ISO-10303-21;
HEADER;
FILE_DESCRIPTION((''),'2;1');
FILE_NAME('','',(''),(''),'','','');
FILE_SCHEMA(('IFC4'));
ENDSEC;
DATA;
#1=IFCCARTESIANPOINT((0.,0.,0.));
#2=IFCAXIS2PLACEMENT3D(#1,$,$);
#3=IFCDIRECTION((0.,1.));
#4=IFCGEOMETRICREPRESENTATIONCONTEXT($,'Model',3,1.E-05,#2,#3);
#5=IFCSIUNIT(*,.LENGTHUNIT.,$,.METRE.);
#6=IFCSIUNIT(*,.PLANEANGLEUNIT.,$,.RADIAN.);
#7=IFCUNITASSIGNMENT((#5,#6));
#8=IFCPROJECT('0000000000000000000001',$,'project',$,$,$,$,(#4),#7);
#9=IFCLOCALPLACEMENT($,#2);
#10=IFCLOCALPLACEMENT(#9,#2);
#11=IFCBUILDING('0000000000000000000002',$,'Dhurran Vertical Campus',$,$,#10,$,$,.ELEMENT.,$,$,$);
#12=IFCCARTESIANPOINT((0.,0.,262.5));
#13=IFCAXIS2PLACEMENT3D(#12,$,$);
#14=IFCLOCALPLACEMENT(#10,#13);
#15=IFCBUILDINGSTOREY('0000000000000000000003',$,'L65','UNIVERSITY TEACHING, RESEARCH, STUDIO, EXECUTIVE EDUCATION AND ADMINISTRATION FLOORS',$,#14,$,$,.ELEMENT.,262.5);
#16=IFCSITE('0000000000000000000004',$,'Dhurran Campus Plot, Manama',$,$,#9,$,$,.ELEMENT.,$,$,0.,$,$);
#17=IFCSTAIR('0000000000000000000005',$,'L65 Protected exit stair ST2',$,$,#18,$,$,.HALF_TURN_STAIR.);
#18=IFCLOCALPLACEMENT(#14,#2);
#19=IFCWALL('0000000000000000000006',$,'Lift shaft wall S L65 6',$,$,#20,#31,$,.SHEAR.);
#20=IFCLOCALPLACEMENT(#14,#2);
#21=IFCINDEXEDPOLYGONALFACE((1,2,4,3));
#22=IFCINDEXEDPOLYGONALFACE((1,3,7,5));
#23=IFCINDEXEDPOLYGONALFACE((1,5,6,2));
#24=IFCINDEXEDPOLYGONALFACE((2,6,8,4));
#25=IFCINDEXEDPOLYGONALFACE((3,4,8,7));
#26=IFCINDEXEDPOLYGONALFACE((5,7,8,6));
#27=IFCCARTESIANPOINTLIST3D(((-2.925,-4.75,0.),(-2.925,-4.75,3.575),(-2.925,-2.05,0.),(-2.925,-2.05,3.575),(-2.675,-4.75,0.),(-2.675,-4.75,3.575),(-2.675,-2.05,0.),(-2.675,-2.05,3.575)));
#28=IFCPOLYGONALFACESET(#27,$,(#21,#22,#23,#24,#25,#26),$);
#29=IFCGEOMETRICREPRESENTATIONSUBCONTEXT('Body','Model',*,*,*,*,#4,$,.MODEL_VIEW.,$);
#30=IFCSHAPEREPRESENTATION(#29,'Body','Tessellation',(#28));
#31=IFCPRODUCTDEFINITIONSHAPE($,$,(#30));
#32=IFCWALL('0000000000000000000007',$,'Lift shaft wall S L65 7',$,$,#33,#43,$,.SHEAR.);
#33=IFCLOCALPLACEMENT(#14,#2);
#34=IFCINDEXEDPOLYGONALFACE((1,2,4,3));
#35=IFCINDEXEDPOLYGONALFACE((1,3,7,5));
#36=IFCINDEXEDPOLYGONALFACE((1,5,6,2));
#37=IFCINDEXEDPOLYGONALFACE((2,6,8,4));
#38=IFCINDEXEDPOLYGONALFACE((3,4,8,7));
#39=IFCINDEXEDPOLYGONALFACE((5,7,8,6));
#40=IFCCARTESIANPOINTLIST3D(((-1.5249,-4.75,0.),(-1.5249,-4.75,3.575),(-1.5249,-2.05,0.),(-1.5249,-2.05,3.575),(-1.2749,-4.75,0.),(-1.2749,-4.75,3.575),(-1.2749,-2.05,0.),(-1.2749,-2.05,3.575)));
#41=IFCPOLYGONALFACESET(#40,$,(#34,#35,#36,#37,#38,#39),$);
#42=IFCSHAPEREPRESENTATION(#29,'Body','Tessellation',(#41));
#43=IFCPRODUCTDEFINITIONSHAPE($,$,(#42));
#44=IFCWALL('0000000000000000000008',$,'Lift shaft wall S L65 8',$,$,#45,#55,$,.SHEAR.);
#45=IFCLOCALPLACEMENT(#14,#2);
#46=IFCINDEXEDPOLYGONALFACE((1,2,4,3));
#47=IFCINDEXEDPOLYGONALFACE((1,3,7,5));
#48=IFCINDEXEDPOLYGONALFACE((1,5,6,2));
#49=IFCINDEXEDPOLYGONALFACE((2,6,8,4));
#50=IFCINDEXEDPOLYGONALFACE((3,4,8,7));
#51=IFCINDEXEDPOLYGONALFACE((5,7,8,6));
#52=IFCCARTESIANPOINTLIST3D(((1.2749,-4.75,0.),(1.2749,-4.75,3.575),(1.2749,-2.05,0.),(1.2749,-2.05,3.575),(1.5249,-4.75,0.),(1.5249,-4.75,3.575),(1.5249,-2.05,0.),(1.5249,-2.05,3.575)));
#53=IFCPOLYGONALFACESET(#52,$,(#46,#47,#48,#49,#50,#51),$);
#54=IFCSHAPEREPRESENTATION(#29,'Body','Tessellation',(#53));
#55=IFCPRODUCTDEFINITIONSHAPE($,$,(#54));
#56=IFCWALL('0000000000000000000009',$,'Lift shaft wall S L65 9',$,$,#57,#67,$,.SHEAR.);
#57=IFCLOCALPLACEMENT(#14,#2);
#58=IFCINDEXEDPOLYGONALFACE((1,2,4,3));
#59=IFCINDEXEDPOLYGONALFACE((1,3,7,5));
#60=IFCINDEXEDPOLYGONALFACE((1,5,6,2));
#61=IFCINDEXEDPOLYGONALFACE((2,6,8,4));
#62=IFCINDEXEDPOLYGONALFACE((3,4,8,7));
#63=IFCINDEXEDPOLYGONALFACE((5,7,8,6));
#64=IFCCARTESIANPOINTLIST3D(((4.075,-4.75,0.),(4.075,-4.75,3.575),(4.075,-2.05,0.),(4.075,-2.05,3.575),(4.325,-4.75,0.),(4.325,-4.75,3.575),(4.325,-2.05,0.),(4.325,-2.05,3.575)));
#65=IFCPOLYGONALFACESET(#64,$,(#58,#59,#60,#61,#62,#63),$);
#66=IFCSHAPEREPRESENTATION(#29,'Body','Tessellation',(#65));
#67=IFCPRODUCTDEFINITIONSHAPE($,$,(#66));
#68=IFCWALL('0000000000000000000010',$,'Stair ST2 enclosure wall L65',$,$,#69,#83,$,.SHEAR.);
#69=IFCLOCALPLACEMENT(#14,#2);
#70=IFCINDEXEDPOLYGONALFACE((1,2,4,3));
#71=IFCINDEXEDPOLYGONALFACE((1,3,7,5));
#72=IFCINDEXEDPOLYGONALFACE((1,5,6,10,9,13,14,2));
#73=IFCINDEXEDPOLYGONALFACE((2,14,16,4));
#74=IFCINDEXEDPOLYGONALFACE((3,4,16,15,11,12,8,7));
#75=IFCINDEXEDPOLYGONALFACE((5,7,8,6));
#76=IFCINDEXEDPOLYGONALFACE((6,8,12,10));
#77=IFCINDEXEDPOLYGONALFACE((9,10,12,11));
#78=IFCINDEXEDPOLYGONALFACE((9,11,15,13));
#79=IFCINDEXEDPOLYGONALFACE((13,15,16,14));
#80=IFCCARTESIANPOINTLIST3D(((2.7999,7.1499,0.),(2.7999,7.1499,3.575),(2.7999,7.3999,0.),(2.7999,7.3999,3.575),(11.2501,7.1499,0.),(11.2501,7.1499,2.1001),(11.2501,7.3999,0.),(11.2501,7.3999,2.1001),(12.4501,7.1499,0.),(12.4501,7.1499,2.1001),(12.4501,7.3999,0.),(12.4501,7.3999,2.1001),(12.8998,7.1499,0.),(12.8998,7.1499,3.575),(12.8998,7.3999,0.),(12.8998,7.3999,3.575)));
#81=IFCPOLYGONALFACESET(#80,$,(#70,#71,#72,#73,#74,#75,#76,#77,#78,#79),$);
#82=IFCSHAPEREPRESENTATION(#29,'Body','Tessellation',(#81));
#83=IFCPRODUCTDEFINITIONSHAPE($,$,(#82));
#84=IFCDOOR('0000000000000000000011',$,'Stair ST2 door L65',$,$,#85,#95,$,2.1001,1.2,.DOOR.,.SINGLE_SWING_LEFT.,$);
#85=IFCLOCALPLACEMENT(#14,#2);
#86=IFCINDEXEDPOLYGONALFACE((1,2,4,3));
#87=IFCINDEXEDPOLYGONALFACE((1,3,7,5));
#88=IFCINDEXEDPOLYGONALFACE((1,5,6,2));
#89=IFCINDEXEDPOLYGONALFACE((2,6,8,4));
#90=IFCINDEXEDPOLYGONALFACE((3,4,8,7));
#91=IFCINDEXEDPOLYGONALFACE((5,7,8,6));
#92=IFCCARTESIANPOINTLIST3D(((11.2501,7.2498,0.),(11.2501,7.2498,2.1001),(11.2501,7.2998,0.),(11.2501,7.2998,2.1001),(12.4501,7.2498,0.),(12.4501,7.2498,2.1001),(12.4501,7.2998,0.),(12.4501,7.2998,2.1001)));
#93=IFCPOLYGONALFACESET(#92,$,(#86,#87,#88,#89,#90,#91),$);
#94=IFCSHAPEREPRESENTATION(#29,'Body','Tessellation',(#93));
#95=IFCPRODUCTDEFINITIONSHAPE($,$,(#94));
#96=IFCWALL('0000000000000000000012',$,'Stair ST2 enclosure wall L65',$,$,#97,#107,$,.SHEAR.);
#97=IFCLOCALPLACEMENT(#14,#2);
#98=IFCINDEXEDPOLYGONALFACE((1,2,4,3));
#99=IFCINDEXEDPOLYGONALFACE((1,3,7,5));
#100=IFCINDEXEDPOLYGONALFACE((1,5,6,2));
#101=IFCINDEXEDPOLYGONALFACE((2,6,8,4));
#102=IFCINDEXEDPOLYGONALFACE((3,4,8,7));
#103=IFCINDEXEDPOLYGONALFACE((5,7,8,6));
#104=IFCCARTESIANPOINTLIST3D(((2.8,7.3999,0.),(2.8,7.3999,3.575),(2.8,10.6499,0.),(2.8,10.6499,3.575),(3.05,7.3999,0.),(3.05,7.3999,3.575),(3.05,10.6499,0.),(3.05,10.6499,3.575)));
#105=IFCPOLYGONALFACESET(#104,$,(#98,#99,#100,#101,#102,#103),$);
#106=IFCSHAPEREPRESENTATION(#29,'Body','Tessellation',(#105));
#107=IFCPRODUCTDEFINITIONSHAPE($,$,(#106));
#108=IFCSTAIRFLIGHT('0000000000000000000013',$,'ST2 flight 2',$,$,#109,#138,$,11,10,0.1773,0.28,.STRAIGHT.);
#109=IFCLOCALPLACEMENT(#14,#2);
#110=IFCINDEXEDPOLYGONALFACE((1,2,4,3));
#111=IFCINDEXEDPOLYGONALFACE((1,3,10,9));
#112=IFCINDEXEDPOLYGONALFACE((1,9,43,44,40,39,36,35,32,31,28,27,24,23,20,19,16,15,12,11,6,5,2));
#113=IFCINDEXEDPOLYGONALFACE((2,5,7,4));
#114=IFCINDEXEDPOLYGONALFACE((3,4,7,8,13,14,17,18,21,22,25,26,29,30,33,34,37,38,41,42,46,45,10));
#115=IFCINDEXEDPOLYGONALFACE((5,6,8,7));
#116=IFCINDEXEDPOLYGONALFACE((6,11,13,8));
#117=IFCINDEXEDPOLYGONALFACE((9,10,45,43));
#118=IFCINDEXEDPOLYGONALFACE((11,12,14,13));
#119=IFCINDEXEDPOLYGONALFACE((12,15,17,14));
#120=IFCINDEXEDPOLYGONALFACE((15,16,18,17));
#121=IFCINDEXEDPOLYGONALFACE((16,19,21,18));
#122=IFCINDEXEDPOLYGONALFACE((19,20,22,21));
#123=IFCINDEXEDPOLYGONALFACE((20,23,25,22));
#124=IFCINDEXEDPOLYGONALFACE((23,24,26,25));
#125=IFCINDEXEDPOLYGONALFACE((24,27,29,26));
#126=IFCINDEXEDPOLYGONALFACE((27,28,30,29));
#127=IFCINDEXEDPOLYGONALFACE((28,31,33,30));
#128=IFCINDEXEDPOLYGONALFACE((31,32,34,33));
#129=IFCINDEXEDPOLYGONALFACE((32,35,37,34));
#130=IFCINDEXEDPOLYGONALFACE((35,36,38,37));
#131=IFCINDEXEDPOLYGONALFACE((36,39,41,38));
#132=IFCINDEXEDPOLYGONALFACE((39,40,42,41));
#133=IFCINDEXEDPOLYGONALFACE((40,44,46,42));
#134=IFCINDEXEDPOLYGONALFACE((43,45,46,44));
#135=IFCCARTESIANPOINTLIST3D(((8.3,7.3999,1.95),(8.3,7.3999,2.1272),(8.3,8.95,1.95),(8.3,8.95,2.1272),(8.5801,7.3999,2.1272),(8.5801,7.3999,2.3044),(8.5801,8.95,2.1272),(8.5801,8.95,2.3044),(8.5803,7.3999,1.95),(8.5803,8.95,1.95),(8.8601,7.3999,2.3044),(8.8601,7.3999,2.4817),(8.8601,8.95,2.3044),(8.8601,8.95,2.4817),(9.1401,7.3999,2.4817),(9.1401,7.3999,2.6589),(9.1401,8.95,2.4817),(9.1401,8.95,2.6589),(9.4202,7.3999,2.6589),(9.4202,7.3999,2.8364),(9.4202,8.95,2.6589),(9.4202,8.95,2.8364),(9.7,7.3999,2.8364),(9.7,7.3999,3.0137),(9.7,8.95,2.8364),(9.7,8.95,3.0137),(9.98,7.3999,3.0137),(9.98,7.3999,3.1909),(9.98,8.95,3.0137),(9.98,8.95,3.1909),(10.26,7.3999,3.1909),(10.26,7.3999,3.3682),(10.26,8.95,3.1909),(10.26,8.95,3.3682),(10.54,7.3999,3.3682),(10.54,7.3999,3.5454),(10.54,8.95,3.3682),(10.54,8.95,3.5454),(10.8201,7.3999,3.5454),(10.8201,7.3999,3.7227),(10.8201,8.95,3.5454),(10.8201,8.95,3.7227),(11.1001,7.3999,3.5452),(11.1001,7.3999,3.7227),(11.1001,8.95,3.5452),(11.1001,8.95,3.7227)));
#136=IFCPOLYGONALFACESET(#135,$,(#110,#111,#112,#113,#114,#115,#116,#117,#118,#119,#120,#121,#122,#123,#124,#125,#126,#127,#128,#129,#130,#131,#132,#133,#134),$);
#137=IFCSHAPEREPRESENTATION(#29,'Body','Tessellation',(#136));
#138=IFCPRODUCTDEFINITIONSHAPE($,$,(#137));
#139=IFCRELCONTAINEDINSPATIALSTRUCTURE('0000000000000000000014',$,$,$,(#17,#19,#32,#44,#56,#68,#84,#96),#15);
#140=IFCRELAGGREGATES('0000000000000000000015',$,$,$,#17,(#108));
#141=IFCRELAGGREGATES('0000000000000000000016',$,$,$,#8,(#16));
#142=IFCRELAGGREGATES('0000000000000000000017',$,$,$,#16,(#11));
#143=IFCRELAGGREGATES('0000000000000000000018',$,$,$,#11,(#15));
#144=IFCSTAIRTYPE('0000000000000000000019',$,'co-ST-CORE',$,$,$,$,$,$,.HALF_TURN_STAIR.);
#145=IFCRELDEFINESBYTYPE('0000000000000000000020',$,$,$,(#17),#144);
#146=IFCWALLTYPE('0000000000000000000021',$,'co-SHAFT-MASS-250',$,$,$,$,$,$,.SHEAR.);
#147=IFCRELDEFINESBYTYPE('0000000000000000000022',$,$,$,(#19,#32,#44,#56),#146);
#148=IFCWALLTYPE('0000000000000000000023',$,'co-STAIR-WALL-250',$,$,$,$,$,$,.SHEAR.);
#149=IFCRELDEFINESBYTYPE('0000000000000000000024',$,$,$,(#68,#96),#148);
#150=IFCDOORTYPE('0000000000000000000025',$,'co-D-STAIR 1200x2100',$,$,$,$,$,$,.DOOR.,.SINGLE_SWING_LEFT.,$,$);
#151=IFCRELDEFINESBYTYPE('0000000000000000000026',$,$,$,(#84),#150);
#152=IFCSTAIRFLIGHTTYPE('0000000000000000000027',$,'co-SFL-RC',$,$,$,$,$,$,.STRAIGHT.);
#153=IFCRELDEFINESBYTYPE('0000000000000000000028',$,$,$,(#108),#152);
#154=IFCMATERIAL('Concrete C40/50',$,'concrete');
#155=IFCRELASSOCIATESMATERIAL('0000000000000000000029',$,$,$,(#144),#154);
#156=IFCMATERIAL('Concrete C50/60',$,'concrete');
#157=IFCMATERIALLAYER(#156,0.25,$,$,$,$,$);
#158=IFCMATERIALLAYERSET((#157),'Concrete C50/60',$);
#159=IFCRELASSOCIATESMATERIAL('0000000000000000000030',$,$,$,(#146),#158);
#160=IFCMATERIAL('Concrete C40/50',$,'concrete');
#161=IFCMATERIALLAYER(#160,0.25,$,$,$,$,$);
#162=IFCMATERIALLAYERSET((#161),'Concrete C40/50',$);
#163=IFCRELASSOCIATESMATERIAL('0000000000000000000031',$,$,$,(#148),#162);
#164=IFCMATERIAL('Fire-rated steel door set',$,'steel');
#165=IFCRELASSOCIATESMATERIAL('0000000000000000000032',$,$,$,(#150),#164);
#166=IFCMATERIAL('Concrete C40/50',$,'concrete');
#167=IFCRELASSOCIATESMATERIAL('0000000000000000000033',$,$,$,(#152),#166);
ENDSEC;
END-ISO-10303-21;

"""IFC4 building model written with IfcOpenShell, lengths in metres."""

from ifc_helpers import new_model, si_unit, direction, frame, frame_2d, origin, place, context, subcontext, project, spatial, polyline, rectangle, outline, extrude, material, layer, layer_set, type_object, element, fill, aggregate, save


model = new_model("IFC4")

# Units and contexts
model_context = context("Model", 3, precision=1e-05, world=origin(), true_north=direction((0.0, 1.0)))
body_context = subcontext(model_context, "Body", "Model", "MODEL_VIEW")
ifc_project = project(units=[si_unit("LENGTHUNIT", "METRE"), si_unit("PLANEANGLEUNIT", "RADIAN")], contexts=[model_context])

# Site, building, storey
site_placement = place(None, origin())
site = spatial("IfcSite", under=ifc_project, at=site_placement, Name="Dhurran Campus Plot, Manama", CompositionType="ELEMENT", RefElevation=0.0)
building_placement = place(site_placement, origin())
building = spatial("IfcBuilding", under=site, at=building_placement, Name="Dhurran Vertical Campus", CompositionType="ELEMENT")
storey_placement = place(building_placement, frame((0.0, 0.0, 262.5)))
storey = spatial("IfcBuildingStorey", under=building, at=storey_placement, Name="L65", Description="UNIVERSITY TEACHING, RESEARCH, STUDIO, EXECUTIVE EDUCATION AND ADMINISTRATION FLOORS", CompositionType="ELEMENT", Elevation=262.5)

# Stair
ifc_material_1 = material(Name="Concrete C40/50", Category="concrete")
stair_type = type_object("IfcStairType", Name="co-ST-CORE", PredefinedType="HALF_TURN_STAIR", material=ifc_material_1)
stair_1_placement = place(storey_placement, origin())
stair_1 = element("IfcStair", 1, at=stair_1_placement, inside=storey, type_object=stair_type, Name="L65 Protected exit stair ST2", PredefinedType="HALF_TURN_STAIR")

# Walls
ifc_material_2 = material(Name="Concrete C50/60", Category="concrete")
ifc_layer_1 = layer(ifc_material_2, 0.25)
ifc_layer_set_1 = layer_set([ifc_layer_1], Name="Concrete C50/60")
wall_type_1 = type_object("IfcWallType", Name="co-SHAFT-MASS-250", PredefinedType="SHEAR", material=ifc_layer_set_1)
wall_1_placement = place(storey_placement, origin())
element("IfcWall", 2, at=wall_1_placement, inside=storey, type_object=wall_type_1, Name="Lift shaft wall S L65 6", PredefinedType="SHEAR", context=body_context, shape_type="SweptSolid", body=[
    extrude(outline(polyline([(-2.925, -4.75), (-2.675, -4.75), (-2.675, -2.05), (-2.925, -2.05), (-2.925, -4.75)])), origin(), (0.0, 0.0, 1.0), 3.575),
])
wall_2_placement = place(storey_placement, origin())
element("IfcWall", 3, at=wall_2_placement, inside=storey, type_object=wall_type_1, Name="Lift shaft wall S L65 7", PredefinedType="SHEAR", context=body_context, shape_type="SweptSolid", body=[
    extrude(outline(polyline([(-1.5249, -4.75), (-1.2749, -4.75), (-1.2749, -2.05), (-1.5249, -2.05), (-1.5249, -4.75)])), origin(), (0.0, 0.0, 1.0), 3.575),
])
wall_3_placement = place(storey_placement, origin())
element("IfcWall", 4, at=wall_3_placement, inside=storey, type_object=wall_type_1, Name="Lift shaft wall S L65 8", PredefinedType="SHEAR", context=body_context, shape_type="SweptSolid", body=[
    extrude(outline(polyline([(1.2749, -4.75), (1.5249, -4.75), (1.5249, -2.05), (1.2749, -2.05), (1.2749, -4.75)])), origin(), (0.0, 0.0, 1.0), 3.575),
])
wall_4_placement = place(storey_placement, origin())
element("IfcWall", 5, at=wall_4_placement, inside=storey, type_object=wall_type_1, Name="Lift shaft wall S L65 9", PredefinedType="SHEAR", context=body_context, shape_type="SweptSolid", body=[
    extrude(outline(polyline([(4.075, -4.75), (4.325, -4.75), (4.325, -2.05), (4.075, -2.05), (4.075, -4.75)])), origin(), (0.0, 0.0, 1.0), 3.575),
])

# Wall, opening, door
ifc_material_3 = material(Name="Concrete C40/50", Category="concrete")
ifc_layer_2 = layer(ifc_material_3, 0.25)
ifc_layer_set_2 = layer_set([ifc_layer_2], Name="Concrete C40/50")
wall_type_2 = type_object("IfcWallType", Name="co-STAIR-WALL-250", PredefinedType="SHEAR", material=ifc_layer_set_2)
wall_5_placement = place(storey_placement, frame((2.8, 7.2749, 0.0), z_axis=(0.0, 0.0, 1.0), x_axis=(1.0, 0.0, 0.0)))
wall_5 = element("IfcWall", 6, at=wall_5_placement, inside=storey, type_object=wall_type_2, Name="Stair ST2 enclosure wall L65", PredefinedType="SHEAR", context=body_context, shape_type="SweptSolid", body=[
    extrude(rectangle(XDim=10.0999, YDim=0.25, at=frame_2d((5.0498, 0.0))), origin(), (0.0, 0.0, 1.0), 3.575),
])
opening_1_placement = place(wall_5_placement, frame((8.45, 0.0, 0.0)))
opening_1 = element("IfcOpeningElement", 7, at=opening_1_placement, cuts=wall_5, PredefinedType="OPENING", context=body_context, shape_type="SweptSolid", body=[
    extrude(rectangle(XDim=1.2, YDim=2.1001, at=frame_2d((0.6001, 1.05))), frame((0.0, 0.135, 0.0), z_axis=(0.0, -1.0, 0.0), x_axis=(1.0, 0.0, 0.0)), (0.0, 0.0, 1.0), 0.27),
])
ifc_material_4 = material(Name="Fire-rated steel door set", Category="steel")
door_type_1 = type_object("IfcDoorType", Name="co-D-STAIR 1200x2100", OperationType="SINGLE_SWING_LEFT", PredefinedType="DOOR", material=ifc_material_4)
door_1_placement = place(opening_1_placement, origin())
door_1 = element("IfcDoor", 8, at=door_1_placement, inside=storey, type_object=door_type_1, Name="Stair ST2 door L65", OperationType="SINGLE_SWING_LEFT", OverallHeight=2.1001, OverallWidth=1.2, PredefinedType="DOOR", context=body_context, shape_type="SweptSolid", body=[
    extrude(rectangle(XDim=1.2, YDim=2.1001, at=frame_2d((0.6001, 1.05))), frame((0.0, 0.0249, 0.0), z_axis=(0.0, -1.0, 0.0), x_axis=(1.0, 0.0, 0.0)), (0.0, 0.0, 1.0), 0.05),
])
fill(opening_1, door_1)

# Wall
wall_6_placement = place(storey_placement, frame((2.925, 7.3999, 0.0), z_axis=(0.0, 0.0, 1.0), x_axis=(0.0, 1.0, 0.0)))
element("IfcWall", 9, at=wall_6_placement, inside=storey, type_object=wall_type_2, Name="Stair ST2 enclosure wall L65", PredefinedType="SHEAR", context=body_context, shape_type="SweptSolid", body=[
    extrude(rectangle(XDim=3.25, YDim=0.25, at=frame_2d((1.625, 0.0))), origin(), (0.0, 0.0, 1.0), 3.575),
])

# Stair flight
ifc_material_5 = material(Name="Concrete C40/50", Category="concrete")
stair_flight_type = type_object("IfcStairFlightType", Name="co-SFL-RC", PredefinedType="STRAIGHT", material=ifc_material_5)
stair_flight_placement = place(storey_placement, frame((8.3, 8.175, 1.95), z_axis=(0.0, 0.0, 1.0), x_axis=(1.0, 0.0, 0.0)))
stair_flight = element("IfcStairFlight", 10, at=stair_flight_placement, type_object=stair_flight_type, Name="ST2 flight 2", NumberOfRisers=11, NumberOfTreads=10, PredefinedType="STRAIGHT", RiserHeight=0.1773, TreadLength=0.28, context=body_context, shape_type="SweptSolid", body=[
    extrude(outline(polyline([(0.0, 0.0), (0.0, 0.1772), (0.28, 0.1772), (0.28, 0.3545), (0.5601, 0.3545), (0.5601, 0.5317), (0.8401, 0.5317), (0.8401, 0.709), (1.1201, 0.709), (1.1201, 0.8865), (1.3999, 0.8865), (1.3999, 1.0637), (1.6799, 1.0637), (1.6799, 1.241), (1.96, 1.241), (1.96, 1.4182), (2.24, 1.4182), (2.24, 1.5955), (2.52, 1.5955), (2.52, 1.7727), (2.8, 1.7727), (2.8, 1.95), (2.8, 1.5952), (0.2803, 0.0), (0.0, 0.0)])), frame((0.0, 0.7749, 0.0), z_axis=(0.0, -1.0, 0.0), x_axis=(1.0, 0.0, 0.0)), (0.0, 0.0, 1.0), 1.55),
])
aggregate(stair_1, [stair_flight])

save(model, "model.ifc")
